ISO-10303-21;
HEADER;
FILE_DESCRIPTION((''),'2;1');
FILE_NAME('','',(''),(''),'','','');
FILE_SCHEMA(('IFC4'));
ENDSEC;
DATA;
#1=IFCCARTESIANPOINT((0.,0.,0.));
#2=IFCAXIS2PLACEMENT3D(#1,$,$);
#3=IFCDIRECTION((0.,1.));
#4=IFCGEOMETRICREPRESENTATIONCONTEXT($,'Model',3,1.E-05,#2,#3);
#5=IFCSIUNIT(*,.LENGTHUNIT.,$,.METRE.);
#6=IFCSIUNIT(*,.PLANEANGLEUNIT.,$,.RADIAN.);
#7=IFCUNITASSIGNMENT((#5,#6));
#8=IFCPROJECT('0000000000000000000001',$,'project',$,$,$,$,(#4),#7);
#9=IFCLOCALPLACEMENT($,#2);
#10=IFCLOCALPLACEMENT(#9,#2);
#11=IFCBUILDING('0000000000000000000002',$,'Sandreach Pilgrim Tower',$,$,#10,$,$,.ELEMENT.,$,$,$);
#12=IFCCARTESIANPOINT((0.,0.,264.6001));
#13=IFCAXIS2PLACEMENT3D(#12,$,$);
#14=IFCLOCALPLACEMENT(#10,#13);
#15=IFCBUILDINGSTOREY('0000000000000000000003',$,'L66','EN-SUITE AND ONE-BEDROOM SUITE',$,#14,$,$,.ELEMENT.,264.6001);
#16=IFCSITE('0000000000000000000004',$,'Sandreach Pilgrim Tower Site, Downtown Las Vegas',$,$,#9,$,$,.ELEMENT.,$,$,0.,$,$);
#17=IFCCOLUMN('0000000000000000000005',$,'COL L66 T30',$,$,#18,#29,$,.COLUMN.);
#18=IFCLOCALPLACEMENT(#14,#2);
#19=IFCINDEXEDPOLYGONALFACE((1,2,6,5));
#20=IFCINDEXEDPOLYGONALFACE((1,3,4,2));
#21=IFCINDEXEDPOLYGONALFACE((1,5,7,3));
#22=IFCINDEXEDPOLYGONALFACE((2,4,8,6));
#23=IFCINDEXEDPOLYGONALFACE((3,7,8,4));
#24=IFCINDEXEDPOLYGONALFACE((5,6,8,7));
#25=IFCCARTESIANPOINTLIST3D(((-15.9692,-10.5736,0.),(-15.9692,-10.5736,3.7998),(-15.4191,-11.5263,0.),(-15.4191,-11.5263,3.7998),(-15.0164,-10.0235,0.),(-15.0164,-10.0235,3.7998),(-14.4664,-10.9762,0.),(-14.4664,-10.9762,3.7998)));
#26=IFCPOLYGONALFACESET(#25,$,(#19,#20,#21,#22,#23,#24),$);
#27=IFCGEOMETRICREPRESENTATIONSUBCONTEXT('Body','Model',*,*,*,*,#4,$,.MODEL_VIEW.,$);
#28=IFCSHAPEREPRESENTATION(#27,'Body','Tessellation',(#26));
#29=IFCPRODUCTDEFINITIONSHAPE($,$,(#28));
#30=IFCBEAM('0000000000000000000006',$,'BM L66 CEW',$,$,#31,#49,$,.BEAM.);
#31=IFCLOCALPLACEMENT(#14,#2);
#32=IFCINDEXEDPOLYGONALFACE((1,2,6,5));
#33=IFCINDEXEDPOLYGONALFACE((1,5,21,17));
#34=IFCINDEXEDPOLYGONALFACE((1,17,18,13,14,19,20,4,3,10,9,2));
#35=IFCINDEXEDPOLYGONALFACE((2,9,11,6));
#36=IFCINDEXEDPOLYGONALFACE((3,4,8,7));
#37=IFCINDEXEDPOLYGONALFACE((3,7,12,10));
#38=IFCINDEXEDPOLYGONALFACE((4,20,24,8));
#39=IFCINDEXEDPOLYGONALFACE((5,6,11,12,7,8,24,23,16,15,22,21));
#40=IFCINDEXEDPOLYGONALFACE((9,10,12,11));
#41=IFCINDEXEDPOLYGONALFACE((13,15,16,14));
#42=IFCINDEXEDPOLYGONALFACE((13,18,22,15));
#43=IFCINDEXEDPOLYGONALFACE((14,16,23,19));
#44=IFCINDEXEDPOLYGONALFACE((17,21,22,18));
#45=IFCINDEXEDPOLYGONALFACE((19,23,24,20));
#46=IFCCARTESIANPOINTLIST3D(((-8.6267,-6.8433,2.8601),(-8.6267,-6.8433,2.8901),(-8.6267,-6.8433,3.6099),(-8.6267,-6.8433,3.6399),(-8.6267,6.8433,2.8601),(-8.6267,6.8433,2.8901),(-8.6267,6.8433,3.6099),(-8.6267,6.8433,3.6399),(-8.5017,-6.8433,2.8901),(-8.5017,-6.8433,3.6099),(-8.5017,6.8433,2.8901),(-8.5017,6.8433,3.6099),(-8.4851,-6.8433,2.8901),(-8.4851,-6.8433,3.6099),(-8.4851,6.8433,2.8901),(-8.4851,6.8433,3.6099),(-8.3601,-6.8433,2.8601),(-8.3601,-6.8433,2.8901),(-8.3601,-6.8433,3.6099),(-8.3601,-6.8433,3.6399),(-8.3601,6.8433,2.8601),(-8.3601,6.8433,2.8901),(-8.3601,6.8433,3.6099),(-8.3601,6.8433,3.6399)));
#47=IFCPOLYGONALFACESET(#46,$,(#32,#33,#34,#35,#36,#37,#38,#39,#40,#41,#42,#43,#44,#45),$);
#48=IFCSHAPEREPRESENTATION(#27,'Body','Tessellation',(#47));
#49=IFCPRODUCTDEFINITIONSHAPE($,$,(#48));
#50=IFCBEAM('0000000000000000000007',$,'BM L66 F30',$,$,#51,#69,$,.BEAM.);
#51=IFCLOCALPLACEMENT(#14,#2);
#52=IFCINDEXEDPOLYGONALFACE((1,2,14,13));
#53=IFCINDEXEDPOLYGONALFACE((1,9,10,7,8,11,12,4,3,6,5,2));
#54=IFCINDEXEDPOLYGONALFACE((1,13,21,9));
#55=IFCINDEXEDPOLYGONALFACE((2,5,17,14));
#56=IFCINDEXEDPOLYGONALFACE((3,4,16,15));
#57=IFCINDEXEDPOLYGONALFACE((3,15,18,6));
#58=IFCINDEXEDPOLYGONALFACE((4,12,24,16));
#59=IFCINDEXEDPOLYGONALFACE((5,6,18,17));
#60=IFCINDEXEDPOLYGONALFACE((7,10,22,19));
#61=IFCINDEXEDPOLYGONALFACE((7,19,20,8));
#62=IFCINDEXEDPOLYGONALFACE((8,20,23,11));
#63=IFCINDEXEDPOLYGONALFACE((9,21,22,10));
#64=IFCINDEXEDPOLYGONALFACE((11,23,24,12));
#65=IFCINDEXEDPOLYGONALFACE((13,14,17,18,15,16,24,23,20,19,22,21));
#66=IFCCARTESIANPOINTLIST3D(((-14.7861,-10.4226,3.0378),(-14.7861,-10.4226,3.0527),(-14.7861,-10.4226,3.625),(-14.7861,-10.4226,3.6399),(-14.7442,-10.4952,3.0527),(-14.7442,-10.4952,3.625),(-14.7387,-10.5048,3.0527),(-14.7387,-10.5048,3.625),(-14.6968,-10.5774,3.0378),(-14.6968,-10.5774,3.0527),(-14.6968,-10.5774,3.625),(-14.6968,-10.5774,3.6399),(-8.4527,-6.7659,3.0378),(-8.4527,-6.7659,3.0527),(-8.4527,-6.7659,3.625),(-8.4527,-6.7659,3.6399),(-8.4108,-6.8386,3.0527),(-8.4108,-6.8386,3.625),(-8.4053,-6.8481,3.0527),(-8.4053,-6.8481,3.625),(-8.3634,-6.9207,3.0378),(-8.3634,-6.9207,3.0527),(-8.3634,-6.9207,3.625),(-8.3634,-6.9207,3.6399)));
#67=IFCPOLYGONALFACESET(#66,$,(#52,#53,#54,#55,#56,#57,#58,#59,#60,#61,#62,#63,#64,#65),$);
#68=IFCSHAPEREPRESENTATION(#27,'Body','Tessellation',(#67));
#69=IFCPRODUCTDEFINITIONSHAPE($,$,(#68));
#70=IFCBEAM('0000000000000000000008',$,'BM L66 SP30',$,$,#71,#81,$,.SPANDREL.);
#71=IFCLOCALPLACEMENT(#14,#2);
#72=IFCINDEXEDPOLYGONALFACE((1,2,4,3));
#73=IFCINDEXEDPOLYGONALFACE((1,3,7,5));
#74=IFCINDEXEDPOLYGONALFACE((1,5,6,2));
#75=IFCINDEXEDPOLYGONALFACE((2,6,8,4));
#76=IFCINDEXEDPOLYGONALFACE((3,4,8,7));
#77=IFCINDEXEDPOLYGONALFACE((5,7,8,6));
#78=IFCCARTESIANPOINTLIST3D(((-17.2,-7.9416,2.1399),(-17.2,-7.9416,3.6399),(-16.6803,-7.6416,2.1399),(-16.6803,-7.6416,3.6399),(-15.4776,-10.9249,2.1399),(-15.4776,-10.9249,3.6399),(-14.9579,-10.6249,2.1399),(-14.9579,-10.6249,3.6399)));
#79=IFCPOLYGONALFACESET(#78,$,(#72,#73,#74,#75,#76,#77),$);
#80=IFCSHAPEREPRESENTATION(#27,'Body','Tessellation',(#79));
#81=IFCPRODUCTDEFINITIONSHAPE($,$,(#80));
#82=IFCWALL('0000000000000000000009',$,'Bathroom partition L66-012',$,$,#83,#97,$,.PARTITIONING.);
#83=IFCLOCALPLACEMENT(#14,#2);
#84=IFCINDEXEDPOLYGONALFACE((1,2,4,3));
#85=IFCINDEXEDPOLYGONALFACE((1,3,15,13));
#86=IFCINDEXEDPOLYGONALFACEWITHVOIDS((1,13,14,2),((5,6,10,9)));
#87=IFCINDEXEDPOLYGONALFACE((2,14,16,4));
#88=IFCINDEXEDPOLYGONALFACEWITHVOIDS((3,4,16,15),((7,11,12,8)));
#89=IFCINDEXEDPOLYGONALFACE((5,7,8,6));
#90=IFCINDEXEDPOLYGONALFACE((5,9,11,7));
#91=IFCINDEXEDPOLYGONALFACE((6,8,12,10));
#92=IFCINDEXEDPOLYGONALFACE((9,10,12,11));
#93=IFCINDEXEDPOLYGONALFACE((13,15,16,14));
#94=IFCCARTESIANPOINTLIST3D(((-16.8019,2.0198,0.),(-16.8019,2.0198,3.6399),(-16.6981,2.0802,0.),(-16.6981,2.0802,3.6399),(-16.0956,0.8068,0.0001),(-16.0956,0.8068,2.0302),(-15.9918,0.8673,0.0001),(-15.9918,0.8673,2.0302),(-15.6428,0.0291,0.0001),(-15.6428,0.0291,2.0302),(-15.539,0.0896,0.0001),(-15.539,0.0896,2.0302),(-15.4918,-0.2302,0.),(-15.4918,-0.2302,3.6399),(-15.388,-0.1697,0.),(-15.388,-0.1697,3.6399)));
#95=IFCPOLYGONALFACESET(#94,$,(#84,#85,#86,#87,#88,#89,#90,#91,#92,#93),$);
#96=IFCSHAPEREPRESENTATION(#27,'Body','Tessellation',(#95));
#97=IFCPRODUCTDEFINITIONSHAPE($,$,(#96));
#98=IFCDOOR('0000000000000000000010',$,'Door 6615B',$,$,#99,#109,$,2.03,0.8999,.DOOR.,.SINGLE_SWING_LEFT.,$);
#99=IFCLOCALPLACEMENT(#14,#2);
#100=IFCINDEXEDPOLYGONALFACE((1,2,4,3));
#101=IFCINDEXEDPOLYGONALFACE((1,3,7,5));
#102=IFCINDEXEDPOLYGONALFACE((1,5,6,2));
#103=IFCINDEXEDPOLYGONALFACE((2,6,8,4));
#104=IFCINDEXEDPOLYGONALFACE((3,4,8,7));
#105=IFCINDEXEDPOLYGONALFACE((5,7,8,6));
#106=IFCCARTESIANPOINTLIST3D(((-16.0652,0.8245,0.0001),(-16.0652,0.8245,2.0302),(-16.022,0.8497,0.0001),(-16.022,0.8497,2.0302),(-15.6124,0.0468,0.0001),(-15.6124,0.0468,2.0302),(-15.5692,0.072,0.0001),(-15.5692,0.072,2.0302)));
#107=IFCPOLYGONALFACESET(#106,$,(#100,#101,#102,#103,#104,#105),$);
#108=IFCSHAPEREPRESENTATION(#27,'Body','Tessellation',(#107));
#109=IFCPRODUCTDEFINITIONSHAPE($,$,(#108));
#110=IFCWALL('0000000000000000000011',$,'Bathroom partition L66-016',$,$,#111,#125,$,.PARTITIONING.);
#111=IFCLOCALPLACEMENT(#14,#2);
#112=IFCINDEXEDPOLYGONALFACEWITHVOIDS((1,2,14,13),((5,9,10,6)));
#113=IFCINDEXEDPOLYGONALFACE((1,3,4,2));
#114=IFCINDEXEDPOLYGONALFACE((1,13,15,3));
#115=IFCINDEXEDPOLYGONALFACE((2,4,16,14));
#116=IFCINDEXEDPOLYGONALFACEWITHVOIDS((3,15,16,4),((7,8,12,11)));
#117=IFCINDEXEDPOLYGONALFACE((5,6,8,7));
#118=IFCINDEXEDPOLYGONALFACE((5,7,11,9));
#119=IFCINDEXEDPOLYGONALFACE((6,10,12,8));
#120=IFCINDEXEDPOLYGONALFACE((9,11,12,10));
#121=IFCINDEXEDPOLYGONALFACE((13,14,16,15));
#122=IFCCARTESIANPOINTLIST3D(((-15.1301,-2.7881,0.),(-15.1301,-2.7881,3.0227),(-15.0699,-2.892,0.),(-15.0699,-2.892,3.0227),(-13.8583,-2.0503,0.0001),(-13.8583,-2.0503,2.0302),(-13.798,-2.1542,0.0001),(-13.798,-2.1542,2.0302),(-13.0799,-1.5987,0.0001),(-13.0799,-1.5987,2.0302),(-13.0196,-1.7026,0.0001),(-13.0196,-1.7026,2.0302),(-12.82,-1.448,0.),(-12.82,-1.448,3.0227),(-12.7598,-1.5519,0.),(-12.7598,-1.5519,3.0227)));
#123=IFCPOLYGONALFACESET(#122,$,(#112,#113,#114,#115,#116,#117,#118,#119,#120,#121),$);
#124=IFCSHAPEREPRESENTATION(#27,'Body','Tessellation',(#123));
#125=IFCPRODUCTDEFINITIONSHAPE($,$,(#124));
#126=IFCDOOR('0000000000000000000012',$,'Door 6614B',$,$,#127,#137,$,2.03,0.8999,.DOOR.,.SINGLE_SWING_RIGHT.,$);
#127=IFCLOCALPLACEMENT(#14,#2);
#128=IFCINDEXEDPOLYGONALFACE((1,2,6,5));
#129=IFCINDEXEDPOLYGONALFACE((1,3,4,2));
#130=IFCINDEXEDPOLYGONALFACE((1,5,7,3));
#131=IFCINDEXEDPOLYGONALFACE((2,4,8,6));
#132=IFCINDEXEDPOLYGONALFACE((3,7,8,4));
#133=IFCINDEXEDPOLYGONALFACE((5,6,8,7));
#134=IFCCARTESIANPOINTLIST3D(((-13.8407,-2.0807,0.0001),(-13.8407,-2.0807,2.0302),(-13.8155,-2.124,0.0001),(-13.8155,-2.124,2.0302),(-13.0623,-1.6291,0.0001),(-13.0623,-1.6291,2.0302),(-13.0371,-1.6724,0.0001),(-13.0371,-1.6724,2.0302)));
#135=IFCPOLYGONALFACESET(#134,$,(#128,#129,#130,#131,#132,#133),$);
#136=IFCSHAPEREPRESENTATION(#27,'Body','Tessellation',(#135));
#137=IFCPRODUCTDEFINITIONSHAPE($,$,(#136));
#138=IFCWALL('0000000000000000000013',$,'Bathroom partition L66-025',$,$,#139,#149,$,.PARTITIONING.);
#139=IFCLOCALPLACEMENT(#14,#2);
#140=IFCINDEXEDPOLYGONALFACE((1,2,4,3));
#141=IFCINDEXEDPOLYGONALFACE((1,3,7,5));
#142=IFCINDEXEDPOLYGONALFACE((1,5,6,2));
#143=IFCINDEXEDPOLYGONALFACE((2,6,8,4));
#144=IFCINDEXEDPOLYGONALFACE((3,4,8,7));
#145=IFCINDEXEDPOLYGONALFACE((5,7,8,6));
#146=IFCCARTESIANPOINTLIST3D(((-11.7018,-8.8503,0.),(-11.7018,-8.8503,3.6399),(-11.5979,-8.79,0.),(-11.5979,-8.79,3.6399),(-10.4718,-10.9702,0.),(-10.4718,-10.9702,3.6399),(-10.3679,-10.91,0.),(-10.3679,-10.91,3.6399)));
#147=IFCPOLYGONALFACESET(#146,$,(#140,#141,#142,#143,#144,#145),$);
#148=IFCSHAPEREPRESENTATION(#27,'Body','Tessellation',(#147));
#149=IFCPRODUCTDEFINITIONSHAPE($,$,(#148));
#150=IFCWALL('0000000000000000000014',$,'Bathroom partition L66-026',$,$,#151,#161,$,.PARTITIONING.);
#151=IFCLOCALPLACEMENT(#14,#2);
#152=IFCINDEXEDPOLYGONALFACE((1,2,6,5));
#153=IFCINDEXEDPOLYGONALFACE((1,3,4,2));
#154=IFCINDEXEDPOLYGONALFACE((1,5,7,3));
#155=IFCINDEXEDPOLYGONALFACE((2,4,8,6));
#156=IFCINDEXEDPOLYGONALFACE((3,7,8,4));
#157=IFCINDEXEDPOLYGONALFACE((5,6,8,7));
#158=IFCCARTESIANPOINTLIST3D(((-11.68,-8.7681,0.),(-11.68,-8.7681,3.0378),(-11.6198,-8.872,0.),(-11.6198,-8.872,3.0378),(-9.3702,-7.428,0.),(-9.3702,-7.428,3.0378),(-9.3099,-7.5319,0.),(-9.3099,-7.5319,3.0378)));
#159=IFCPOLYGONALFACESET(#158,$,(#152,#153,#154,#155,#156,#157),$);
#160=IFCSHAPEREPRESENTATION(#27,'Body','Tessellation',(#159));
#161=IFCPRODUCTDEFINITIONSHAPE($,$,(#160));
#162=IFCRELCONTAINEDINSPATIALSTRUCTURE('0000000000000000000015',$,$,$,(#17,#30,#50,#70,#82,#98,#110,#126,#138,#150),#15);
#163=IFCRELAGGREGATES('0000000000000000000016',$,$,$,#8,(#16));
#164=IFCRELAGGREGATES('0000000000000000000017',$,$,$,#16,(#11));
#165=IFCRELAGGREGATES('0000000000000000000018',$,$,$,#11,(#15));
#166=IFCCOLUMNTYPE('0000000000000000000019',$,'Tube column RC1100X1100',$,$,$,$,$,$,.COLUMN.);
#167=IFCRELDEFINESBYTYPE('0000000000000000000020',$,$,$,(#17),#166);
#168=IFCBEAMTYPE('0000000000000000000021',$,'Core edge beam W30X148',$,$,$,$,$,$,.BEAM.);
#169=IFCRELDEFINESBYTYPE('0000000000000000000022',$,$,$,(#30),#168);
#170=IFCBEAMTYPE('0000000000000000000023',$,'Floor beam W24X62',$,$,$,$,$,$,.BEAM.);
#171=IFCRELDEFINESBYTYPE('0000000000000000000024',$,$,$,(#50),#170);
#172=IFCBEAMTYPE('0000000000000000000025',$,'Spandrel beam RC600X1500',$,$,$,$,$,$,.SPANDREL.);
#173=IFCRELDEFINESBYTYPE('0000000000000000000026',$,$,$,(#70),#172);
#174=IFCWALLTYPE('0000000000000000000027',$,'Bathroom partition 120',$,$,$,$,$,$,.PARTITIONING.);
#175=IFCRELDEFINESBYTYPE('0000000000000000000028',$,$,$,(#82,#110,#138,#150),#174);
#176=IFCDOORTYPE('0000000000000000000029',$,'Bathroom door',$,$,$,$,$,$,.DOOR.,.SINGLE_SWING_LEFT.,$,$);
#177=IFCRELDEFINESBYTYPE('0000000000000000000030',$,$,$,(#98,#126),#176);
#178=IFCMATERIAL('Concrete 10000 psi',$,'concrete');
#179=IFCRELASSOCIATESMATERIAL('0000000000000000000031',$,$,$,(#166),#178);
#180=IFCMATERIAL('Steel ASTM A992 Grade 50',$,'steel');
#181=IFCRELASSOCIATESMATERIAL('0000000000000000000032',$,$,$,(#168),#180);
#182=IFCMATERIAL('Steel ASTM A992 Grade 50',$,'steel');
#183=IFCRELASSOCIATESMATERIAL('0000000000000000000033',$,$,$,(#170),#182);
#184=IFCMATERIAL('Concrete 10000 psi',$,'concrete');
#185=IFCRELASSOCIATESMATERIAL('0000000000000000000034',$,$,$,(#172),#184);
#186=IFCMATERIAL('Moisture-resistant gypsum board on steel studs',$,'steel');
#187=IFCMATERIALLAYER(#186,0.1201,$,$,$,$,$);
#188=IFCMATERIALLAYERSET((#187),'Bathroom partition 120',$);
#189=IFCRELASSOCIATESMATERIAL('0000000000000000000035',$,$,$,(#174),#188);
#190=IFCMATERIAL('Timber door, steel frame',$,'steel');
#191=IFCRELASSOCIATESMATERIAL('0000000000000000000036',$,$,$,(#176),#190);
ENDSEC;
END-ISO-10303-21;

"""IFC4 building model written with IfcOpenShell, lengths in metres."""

from ifc_helpers import new_model, si_unit, direction, frame, frame_2d, origin, origin_2d, place, context, subcontext, project, spatial, rectangle, i_section, extrude, material, layer, layer_set, material_profile, profile_set, type_object, element, fill, save


model = new_model("IFC4")

# Units and contexts
model_context = context("Model", 3, precision=1e-05, world=origin(), true_north=direction((0.0, 1.0)))
body_context = subcontext(model_context, "Body", "Model", "MODEL_VIEW")
ifc_project = project(units=[si_unit("LENGTHUNIT", "METRE"), si_unit("PLANEANGLEUNIT", "RADIAN")], contexts=[model_context])

# Site, building, storey
site_placement = place(None, origin())
site = spatial("IfcSite", under=ifc_project, at=site_placement, Name="Sandreach Pilgrim Tower Site, Downtown Las Vegas", CompositionType="ELEMENT", RefElevation=0.0)
building_placement = place(site_placement, origin())
building = spatial("IfcBuilding", under=site, at=building_placement, Name="Sandreach Pilgrim Tower", CompositionType="ELEMENT")
storey_placement = place(building_placement, frame((0.0, 0.0, 264.6001)))
storey = spatial("IfcBuildingStorey", under=building, at=storey_placement, Name="L66", Description="EN-SUITE AND ONE-BEDROOM SUITE", CompositionType="ELEMENT", Elevation=264.6001)

# Column
ifc_material_1 = material(Name="Concrete 10000 psi", Category="concrete")
ifc_material_profile_1 = material_profile(ifc_material_1, rectangle(XDim=1.1001, YDim=1.1001, at=origin_2d()), Name="RC1100X1100")
ifc_profile_set_1 = profile_set([ifc_material_profile_1], Name="Concrete 10000 psi")
column_type = type_object("IfcColumnType", Name="Tube column RC1100X1100", PredefinedType="COLUMN", material=ifc_profile_set_1)
column_placement = place(storey_placement, frame((-15.2178, -10.7749, 0.0), z_axis=(0.0, 0.0, 1.0), x_axis=(-0.866025, -0.5, 0.0)))
element("IfcColumn", 1, at=column_placement, inside=storey, type_object=column_type, Name="COL L66 T30", PredefinedType="COLUMN", context=body_context, shape_type="SweptSolid", body=[
    extrude(rectangle(XDim=1.1001, YDim=1.1001, at=origin_2d()), origin(), (0.0, 0.0, 1.0), 3.7998),
])

# Beams
ifc_material_2 = material(Name="Steel ASTM A992 Grade 50", Category="steel")
ifc_material_profile_2 = material_profile(ifc_material_2, i_section(OverallWidth=0.2666, OverallDepth=0.7798, WebThickness=0.0166, FlangeThickness=0.03, at=origin_2d()), Name="W30X148")
ifc_profile_set_2 = profile_set([ifc_material_profile_2], Name="Steel ASTM A992 Grade 50")
beam_type_1 = type_object("IfcBeamType", Name="Core edge beam W30X148", PredefinedType="BEAM", material=ifc_profile_set_2)
beam_1_placement = place(storey_placement, frame((-8.4934, -6.8433, 3.25), z_axis=(0.0, 1.0, 0.0), x_axis=(-1.0, 0.0, 0.0)))
element("IfcBeam", 2, at=beam_1_placement, inside=storey, type_object=beam_type_1, Name="BM L66 CEW", PredefinedType="BEAM", context=body_context, shape_type="SweptSolid", body=[
    extrude(i_section(OverallWidth=0.2666, OverallDepth=0.7798, WebThickness=0.0166, FlangeThickness=0.03, at=origin_2d()), origin(), (0.0, 0.0, 1.0), 13.6865),
])
ifc_material_3 = material(Name="Steel ASTM A992 Grade 50", Category="steel")
ifc_material_profile_3 = material_profile(ifc_material_3, i_section(OverallWidth=0.1787, OverallDepth=0.6021, WebThickness=0.011, FlangeThickness=0.0149, at=origin_2d()), Name="W24X62")
ifc_profile_set_3 = profile_set([ifc_material_profile_3], Name="Steel ASTM A992 Grade 50")
beam_type_2 = type_object("IfcBeamType", Name="Floor beam W24X62", PredefinedType="BEAM", material=ifc_profile_set_3)
beam_2_placement = place(storey_placement, frame((-14.7415, -10.5, 3.3389), z_axis=(0.86602, 0.500009, 0.0), x_axis=(-0.500009, 0.86602, 0.0)))
element("IfcBeam", 3, at=beam_2_placement, inside=storey, type_object=beam_type_2, Name="BM L66 F30", PredefinedType="BEAM", context=body_context, shape_type="SweptSolid", body=[
    extrude(i_section(OverallWidth=0.1787, OverallDepth=0.6021, WebThickness=0.011, FlangeThickness=0.0149, at=origin_2d()), origin(), (0.0, 0.0, 1.0), 7.3132),
])
ifc_material_4 = material(Name="Concrete 10000 psi", Category="concrete")
ifc_material_profile_4 = material_profile(ifc_material_4, rectangle(XDim=0.6001, YDim=1.5, at=origin_2d()), Name="RC600X1500")
ifc_profile_set_4 = profile_set([ifc_material_profile_4], Name="Concrete 10000 psi")
beam_type_3 = type_object("IfcBeamType", Name="Spandrel beam RC600X1500", PredefinedType="SPANDREL", material=ifc_profile_set_4)
beam_3_placement = place(storey_placement, frame((-15.2178, -10.7749, 2.8899), z_axis=(-0.499988, 0.866032, 0.0), x_axis=(-0.866032, -0.499988, 0.0)))
element("IfcBeam", 4, at=beam_3_placement, inside=storey, type_object=beam_type_3, Name="BM L66 SP30", PredefinedType="SPANDREL", context=body_context, shape_type="SweptSolid", body=[
    extrude(rectangle(XDim=0.6001, YDim=1.5, at=origin_2d()), origin(), (0.0, 0.0, 1.0), 3.4448),
])

# Walls, openings, doors
ifc_material_5 = material(Name="Moisture-resistant gypsum board on steel studs", Category="steel")
ifc_layer_1 = layer(ifc_material_5, 0.1201)
ifc_layer_set_1 = layer_set([ifc_layer_1], Name="Bathroom partition 120")
wall_type_1 = type_object("IfcWallType", Name="Bathroom partition 120", PredefinedType="PARTITIONING", material=ifc_layer_set_1)
wall_1_placement = place(storey_placement, frame((-15.4399, -0.2, 0.0), z_axis=(0.0, 0.0, 1.0), x_axis=(-0.503171, 0.864187, 0.0)))
wall_1 = element("IfcWall", 5, at=wall_1_placement, inside=storey, type_object=wall_type_1, Name="Bathroom partition L66-012", PredefinedType="PARTITIONING", context=body_context, shape_type="SweptSolid", body=[
    extrude(rectangle(XDim=2.6035, YDim=0.1201, at=frame_2d((1.3018, 0.0))), origin(), (0.0, 0.0, 1.0), 3.6399),
])
opening_1_placement = place(wall_1_placement, frame((0.3, 0.0, 0.0)))
opening_1 = element("IfcOpeningElement", 6, at=opening_1_placement, cuts=wall_1, PredefinedType="OPENING", context=body_context, shape_type="SweptSolid", body=[
    extrude(rectangle(XDim=0.8999, YDim=2.03, at=frame_2d((0.45, 1.0151))), frame((0.0, 0.0601, 0.0), z_axis=(0.0, -1.0, 0.0), x_axis=(1.0, 0.0, 0.0)), (0.0, 0.0, 1.0), 0.1201),
])
ifc_material_6 = material(Name="Timber door, steel frame", Category="steel")
door_type_1 = type_object("IfcDoorType", Name="Bathroom door", OperationType="SINGLE_SWING_LEFT", PredefinedType="DOOR", material=ifc_material_6)
door_1_placement = place(opening_1_placement, origin())
door_1 = element("IfcDoor", 7, at=door_1_placement, inside=storey, type_object=door_type_1, Name="Door 6615B", OperationType="SINGLE_SWING_LEFT", OverallHeight=2.03, OverallWidth=0.8999, PredefinedType="DOOR", context=body_context, shape_type="SweptSolid", body=[
    extrude(rectangle(XDim=0.8999, YDim=2.03, at=frame_2d((0.45, 1.0151))), frame((0.0, 0.0249, 0.0), z_axis=(0.0, -1.0, 0.0), x_axis=(1.0, 0.0, 0.0)), (0.0, 0.0, 1.0), 0.05),
])
fill(opening_1, door_1)
wall_2_placement = place(storey_placement, frame((-15.1001, -2.8401, 0.0), z_axis=(0.0, 0.0, 1.0), x_axis=(0.86499, 0.501789, 0.0)))
wall_2 = element("IfcWall", 8, at=wall_2_placement, inside=storey, type_object=wall_type_1, Name="Bathroom partition L66-016", PredefinedType="PARTITIONING", context=body_context, shape_type="SweptSolid", body=[
    extrude(rectangle(XDim=2.6707, YDim=0.1201, at=frame_2d((1.3354, 0.0))), origin(), (0.0, 0.0, 1.0), 3.0227),
])
opening_2_placement = place(wall_2_placement, frame((1.4705, 0.0, 0.0)))
opening_2 = element("IfcOpeningElement", 9, at=opening_2_placement, cuts=wall_2, PredefinedType="OPENING", context=body_context, shape_type="SweptSolid", body=[
    extrude(rectangle(XDim=0.8999, YDim=2.03, at=frame_2d((0.45, 1.0151))), frame((0.0, 0.0601, 0.0), z_axis=(0.0, -1.0, 0.0), x_axis=(1.0, 0.0, 0.0)), (0.0, 0.0, 1.0), 0.1201),
])
door_2_placement = place(opening_2_placement, origin())
door_2 = element("IfcDoor", 10, at=door_2_placement, inside=storey, type_object=door_type_1, Name="Door 6614B", OperationType="SINGLE_SWING_RIGHT", OverallHeight=2.03, OverallWidth=0.8999, PredefinedType="DOOR", context=body_context, shape_type="SweptSolid", body=[
    extrude(rectangle(XDim=0.8999, YDim=2.03, at=frame_2d((0.45, 1.0151))), frame((0.0, 0.0249, 0.0), z_axis=(0.0, -1.0, 0.0), x_axis=(1.0, 0.0, 0.0)), (0.0, 0.0, 1.0), 0.05),
])
fill(opening_2, door_2)

# Walls
wall_3_placement = place(storey_placement, frame((-11.6499, -8.8201, 0.0), z_axis=(0.0, 0.0, 1.0), x_axis=(0.501857, -0.864951, 0.0)))
element("IfcWall", 11, at=wall_3_placement, inside=storey, type_object=wall_type_1, Name="Bathroom partition L66-025", PredefinedType="PARTITIONING", context=body_context, shape_type="SweptSolid", body=[
    extrude(rectangle(XDim=2.4509, YDim=0.1201, at=frame_2d((1.2256, 0.0))), origin(), (0.0, 0.0, 1.0), 3.6399),
])
wall_4_placement = place(storey_placement, frame((-11.6499, -8.8201, 0.0), z_axis=(0.0, 0.0, 1.0), x_axis=(0.864967, 0.501829, 0.0)))
element("IfcWall", 12, at=wall_4_placement, inside=storey, type_object=wall_type_1, Name="Bathroom partition L66-026", PredefinedType="PARTITIONING", context=body_context, shape_type="SweptSolid", body=[
    extrude(rectangle(XDim=2.6704, YDim=0.1201, at=frame_2d((1.3352, 0.0))), origin(), (0.0, 0.0, 1.0), 3.0378),
])

save(model, "model.ifc")
